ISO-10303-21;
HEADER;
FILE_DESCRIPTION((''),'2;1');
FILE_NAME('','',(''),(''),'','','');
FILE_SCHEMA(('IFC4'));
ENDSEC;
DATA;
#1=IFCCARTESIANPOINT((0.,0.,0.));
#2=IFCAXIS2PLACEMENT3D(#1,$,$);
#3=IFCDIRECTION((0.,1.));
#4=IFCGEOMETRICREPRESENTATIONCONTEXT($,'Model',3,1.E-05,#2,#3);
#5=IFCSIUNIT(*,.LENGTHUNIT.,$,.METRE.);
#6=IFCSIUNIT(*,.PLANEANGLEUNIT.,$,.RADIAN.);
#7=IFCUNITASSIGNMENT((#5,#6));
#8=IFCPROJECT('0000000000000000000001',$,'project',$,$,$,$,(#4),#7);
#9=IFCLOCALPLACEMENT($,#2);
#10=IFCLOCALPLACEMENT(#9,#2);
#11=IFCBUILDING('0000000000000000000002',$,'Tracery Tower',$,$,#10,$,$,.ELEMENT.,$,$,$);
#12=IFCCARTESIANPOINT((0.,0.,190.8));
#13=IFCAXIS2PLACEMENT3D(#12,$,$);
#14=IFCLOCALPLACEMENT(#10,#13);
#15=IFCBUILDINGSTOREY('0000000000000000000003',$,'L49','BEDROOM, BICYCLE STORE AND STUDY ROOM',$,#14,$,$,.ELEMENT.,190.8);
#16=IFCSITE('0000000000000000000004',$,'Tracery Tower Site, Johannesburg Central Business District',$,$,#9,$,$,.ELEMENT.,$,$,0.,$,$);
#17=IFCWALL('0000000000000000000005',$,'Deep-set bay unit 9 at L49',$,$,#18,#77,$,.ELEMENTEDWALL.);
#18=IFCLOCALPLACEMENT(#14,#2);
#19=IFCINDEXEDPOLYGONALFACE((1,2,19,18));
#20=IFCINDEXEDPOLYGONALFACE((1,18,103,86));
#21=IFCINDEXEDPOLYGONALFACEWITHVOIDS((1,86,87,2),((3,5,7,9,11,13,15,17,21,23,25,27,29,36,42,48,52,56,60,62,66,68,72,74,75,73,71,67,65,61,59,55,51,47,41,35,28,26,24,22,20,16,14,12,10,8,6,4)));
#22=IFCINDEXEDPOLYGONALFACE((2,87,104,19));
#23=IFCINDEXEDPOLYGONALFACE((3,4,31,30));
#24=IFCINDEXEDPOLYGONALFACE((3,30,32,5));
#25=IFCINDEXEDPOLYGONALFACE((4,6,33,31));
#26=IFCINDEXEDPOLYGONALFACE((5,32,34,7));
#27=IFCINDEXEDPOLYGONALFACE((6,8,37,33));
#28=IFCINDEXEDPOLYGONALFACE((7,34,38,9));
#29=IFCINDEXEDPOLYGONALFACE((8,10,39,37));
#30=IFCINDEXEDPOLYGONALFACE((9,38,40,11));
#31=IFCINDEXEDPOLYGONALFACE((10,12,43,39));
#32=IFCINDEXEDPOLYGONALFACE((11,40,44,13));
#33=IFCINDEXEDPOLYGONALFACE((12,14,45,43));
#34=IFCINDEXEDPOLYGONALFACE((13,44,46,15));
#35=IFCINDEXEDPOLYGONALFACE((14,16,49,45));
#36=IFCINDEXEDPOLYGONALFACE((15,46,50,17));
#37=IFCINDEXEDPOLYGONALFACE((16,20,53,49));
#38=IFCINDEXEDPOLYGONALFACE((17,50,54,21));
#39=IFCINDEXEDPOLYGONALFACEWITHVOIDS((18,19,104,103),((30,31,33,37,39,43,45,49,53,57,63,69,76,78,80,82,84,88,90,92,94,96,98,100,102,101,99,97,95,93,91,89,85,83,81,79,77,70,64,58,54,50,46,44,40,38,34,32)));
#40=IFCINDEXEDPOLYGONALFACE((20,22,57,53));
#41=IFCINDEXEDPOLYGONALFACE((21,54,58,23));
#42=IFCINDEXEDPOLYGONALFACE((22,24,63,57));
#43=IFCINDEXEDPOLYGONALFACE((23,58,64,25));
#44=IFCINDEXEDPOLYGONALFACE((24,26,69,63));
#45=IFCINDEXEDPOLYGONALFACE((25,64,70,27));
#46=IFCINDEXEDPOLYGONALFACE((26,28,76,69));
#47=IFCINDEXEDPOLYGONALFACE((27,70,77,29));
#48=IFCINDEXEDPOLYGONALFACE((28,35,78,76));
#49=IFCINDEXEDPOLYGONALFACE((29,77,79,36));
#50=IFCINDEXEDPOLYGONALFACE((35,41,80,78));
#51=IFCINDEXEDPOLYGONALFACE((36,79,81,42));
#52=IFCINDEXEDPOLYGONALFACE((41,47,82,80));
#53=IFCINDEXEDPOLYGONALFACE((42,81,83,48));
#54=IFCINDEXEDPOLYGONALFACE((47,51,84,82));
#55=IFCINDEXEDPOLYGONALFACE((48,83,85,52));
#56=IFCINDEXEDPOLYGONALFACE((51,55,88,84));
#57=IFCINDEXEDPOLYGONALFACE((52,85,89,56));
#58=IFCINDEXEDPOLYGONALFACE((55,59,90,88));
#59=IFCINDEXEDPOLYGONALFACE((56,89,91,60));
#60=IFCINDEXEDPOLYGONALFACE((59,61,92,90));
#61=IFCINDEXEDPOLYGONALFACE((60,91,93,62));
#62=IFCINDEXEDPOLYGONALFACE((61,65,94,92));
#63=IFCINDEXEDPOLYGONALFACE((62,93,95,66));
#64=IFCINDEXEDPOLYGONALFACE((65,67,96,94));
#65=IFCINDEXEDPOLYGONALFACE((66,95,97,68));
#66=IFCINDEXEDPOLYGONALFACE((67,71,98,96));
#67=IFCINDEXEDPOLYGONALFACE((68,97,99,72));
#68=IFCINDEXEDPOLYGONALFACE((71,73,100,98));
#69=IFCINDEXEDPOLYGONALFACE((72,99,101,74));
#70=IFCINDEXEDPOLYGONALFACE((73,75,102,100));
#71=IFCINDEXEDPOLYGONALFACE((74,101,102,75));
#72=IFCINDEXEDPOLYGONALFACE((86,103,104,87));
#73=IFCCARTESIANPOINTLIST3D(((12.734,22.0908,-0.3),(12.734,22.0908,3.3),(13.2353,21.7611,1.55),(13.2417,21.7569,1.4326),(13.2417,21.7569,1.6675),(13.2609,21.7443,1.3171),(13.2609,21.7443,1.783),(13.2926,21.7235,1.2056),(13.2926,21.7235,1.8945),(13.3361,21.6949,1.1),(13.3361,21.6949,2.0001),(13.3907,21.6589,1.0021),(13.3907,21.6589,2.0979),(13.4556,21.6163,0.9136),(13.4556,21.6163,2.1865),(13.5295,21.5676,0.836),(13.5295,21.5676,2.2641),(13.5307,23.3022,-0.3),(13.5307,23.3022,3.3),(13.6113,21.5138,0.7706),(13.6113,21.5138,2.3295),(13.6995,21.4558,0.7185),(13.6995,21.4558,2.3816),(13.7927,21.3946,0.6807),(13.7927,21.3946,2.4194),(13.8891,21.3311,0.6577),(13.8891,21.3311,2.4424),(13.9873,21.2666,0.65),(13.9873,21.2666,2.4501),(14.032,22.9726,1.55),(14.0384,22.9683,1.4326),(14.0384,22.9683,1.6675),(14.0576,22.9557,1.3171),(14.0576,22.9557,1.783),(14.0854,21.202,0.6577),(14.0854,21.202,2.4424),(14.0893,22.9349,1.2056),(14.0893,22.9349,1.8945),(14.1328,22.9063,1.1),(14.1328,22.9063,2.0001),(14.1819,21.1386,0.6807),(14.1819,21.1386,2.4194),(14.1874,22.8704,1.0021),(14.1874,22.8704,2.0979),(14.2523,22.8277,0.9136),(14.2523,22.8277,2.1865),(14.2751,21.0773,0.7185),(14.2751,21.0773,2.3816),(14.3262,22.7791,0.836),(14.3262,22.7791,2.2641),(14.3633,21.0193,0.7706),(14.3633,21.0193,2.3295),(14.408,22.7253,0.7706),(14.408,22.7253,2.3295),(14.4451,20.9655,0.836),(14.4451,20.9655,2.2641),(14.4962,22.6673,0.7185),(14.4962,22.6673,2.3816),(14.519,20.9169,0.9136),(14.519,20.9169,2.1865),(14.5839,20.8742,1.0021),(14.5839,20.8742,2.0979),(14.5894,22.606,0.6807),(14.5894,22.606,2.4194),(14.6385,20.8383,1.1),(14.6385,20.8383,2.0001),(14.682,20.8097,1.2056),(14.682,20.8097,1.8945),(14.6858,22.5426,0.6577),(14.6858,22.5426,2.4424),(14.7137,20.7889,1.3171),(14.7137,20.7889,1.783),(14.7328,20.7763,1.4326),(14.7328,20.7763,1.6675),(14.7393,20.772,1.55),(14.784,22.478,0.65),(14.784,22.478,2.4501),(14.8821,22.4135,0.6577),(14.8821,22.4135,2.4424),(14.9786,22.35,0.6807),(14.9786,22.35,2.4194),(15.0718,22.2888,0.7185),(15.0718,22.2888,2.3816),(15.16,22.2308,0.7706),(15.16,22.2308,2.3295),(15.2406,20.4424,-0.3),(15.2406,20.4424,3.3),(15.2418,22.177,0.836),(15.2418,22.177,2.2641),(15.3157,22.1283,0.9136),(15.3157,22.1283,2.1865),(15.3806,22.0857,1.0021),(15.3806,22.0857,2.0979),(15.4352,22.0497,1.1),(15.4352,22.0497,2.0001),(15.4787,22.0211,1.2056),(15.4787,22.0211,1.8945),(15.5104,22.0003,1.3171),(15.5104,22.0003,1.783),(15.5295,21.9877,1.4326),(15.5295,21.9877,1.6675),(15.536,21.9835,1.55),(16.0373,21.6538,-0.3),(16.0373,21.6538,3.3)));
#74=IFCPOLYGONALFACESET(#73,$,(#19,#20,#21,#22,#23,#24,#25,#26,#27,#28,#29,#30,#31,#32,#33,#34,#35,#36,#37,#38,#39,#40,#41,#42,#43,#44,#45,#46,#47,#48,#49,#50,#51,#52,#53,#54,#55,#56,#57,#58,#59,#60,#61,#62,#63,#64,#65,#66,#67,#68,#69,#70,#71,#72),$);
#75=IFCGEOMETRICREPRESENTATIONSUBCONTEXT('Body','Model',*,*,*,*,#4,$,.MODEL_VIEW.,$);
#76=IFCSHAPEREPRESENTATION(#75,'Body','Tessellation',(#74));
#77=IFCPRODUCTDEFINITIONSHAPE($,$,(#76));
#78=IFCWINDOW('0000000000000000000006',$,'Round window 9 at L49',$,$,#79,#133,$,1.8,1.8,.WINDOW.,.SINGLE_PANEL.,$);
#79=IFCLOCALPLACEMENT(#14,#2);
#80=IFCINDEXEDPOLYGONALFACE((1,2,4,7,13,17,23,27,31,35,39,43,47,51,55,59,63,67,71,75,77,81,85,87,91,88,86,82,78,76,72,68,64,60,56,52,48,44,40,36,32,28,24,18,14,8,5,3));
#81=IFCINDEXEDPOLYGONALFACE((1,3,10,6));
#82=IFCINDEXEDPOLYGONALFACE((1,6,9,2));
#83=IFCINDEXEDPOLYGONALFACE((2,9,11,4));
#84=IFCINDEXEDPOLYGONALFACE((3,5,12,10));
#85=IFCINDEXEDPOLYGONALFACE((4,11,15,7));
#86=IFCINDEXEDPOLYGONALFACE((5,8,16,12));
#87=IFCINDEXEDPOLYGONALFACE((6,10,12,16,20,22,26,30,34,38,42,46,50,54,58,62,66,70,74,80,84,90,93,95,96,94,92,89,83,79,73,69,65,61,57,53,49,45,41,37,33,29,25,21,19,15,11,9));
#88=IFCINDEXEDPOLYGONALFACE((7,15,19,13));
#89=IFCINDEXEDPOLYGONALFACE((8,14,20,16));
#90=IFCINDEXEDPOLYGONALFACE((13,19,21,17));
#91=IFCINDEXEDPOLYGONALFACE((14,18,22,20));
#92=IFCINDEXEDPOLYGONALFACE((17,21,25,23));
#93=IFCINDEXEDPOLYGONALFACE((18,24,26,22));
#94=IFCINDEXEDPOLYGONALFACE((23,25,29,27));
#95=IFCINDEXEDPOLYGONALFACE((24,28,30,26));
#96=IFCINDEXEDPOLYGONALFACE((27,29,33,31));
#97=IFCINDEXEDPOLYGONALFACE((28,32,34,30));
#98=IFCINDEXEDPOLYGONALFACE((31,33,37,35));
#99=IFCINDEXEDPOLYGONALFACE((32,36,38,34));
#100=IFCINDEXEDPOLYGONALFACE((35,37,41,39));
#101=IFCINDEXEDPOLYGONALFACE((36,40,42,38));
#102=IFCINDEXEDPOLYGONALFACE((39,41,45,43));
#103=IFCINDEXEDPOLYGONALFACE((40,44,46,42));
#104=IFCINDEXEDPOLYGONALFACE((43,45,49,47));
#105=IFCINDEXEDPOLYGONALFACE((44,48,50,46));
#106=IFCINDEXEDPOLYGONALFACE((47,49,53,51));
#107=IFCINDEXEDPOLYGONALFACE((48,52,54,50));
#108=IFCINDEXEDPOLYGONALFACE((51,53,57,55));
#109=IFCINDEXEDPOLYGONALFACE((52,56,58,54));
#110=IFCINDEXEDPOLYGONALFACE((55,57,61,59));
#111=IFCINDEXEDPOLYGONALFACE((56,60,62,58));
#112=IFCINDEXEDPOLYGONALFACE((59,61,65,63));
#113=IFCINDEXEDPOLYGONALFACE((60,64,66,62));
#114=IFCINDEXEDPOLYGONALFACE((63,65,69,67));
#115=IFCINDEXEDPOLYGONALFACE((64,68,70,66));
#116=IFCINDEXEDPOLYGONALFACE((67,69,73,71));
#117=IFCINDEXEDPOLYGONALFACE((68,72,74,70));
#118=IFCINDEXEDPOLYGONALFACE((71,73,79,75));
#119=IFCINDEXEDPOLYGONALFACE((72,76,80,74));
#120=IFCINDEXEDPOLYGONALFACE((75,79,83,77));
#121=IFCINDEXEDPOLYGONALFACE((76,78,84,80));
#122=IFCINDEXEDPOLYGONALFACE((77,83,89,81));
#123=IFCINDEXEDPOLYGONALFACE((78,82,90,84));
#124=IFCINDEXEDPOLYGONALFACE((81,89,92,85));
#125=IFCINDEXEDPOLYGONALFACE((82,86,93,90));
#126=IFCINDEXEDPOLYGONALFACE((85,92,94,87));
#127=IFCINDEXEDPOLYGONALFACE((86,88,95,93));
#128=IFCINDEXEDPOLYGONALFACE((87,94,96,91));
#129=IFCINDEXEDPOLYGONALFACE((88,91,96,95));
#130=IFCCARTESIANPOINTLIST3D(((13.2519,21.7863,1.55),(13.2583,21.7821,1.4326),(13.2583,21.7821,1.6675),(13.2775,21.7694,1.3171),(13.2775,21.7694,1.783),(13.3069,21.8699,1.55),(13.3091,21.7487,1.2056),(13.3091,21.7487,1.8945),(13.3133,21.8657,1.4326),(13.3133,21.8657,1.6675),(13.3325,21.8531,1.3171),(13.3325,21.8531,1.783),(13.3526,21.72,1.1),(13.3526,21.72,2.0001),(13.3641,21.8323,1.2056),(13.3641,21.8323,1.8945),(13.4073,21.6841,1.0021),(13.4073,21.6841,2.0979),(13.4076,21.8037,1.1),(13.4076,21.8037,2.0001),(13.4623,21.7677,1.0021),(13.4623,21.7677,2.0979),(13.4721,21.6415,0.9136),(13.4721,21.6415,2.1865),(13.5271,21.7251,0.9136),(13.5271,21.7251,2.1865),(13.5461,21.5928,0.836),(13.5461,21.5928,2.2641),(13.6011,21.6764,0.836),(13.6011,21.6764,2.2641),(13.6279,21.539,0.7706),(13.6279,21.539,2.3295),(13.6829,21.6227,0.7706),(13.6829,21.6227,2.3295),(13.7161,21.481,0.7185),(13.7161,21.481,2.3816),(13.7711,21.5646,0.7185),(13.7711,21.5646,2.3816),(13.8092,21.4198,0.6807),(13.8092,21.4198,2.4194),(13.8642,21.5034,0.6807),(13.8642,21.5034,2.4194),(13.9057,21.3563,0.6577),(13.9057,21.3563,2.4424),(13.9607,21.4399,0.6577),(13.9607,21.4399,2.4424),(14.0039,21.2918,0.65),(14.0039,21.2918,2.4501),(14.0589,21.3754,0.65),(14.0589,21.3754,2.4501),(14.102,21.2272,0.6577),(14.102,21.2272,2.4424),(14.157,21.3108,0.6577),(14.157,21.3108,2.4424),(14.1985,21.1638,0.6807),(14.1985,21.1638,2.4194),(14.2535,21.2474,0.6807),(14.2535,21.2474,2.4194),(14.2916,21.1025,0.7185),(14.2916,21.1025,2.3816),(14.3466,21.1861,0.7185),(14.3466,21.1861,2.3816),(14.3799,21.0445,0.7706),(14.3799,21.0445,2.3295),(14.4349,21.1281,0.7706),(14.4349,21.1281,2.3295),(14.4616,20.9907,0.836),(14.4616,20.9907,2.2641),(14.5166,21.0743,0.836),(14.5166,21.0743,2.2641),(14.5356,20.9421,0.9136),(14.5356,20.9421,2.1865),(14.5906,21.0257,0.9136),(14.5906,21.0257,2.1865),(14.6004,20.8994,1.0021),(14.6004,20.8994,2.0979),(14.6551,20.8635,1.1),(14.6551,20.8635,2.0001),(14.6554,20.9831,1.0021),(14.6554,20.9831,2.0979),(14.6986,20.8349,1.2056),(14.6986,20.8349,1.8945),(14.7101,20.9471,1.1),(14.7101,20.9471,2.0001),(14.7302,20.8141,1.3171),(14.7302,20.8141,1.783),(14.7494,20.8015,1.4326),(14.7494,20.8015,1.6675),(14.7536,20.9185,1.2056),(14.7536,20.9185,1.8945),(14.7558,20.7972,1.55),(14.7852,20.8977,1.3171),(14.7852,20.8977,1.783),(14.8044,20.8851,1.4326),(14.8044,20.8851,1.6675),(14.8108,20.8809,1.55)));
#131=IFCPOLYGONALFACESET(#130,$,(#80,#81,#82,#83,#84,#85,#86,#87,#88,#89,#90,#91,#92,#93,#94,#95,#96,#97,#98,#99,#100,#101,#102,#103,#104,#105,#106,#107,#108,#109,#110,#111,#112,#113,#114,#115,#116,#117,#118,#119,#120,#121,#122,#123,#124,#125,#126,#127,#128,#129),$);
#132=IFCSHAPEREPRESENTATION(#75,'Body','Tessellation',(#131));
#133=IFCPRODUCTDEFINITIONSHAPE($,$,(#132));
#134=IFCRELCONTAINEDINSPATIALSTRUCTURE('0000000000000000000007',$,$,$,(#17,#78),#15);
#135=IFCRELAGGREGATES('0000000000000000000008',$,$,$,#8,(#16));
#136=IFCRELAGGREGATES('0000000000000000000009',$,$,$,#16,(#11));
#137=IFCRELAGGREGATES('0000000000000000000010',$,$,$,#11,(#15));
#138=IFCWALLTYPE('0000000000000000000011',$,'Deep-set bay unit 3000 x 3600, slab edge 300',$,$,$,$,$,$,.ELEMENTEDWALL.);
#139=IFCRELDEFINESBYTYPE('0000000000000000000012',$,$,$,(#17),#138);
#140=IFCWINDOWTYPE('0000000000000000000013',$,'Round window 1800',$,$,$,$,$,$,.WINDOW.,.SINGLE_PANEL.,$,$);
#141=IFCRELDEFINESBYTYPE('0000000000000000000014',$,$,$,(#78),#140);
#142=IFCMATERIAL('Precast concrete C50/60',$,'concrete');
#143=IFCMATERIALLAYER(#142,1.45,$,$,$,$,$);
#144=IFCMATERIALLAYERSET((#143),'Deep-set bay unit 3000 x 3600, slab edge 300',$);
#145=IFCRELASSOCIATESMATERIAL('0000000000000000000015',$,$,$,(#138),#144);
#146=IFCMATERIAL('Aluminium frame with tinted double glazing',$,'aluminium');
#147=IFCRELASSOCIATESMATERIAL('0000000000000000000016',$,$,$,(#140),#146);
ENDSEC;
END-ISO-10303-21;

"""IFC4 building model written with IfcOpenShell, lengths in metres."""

from ifc_helpers import new_model, si_unit, direction, frame, frame_2d, origin, origin_2d, place, context, subcontext, project, spatial, rectangle, circle, extrude, material, layer, layer_set, type_object, element, fill, save


model = new_model("IFC4")

# Units and contexts
model_context = context("Model", 3, precision=1e-05, world=origin(), true_north=direction((0.0, 1.0)))
body_context = subcontext(model_context, "Body", "Model", "MODEL_VIEW")
ifc_project = project(units=[si_unit("LENGTHUNIT", "METRE"), si_unit("PLANEANGLEUNIT", "RADIAN")], contexts=[model_context])

# Site, building, storey
site_placement = place(None, origin())
site = spatial("IfcSite", under=ifc_project, at=site_placement, Name="Tracery Tower Site, Johannesburg Central Business District", CompositionType="ELEMENT", RefElevation=0.0)
building_placement = place(site_placement, origin())
building = spatial("IfcBuilding", under=site, at=building_placement, Name="Tracery Tower", CompositionType="ELEMENT")
storey_placement = place(building_placement, frame((0.0, 0.0, 190.8)))
storey = spatial("IfcBuildingStorey", under=building, at=storey_placement, Name="L49", Description="BEDROOM, BICYCLE STORE AND STUDY ROOM", CompositionType="ELEMENT", Elevation=190.8)

# Wall, opening, window
ifc_material_1 = material(Name="Precast concrete C50/60", Category="concrete")
ifc_layer_1 = layer(ifc_material_1, 1.45)
ifc_layer_set_1 = layer_set([ifc_layer_1], Name="Deep-set bay unit 3000 x 3600, slab edge 300")
wall_type_1 = type_object("IfcWallType", Name="Deep-set bay unit 3000 x 3600, slab edge 300", PredefinedType="ELEMENTEDWALL", material=ifc_layer_set_1)
ifc_material_2 = material(Name="Aluminium frame with tinted double glazing", Category="aluminium")
window_type = type_object("IfcWindowType", Name="Round window 1800", PartitioningType="SINGLE_PANEL", PredefinedType="WINDOW", material=ifc_material_2)
wall_1_placement = place(storey_placement, frame((15.6389, 21.0481, -0.3), z_axis=(0.0, 0.0, 1.0), x_axis=(-0.835514, 0.549469, 0.0)))
wall_1 = element("IfcWall", 1, at=wall_1_placement, inside=storey, type_object=wall_type_1, Name="Deep-set bay unit 9 at L49", PredefinedType="ELEMENTEDWALL", context=body_context, shape_type="SweptSolid", body=[
    extrude(rectangle(XDim=3.0, YDim=1.45, at=frame_2d((1.5, 0.0))), origin(), (0.0, 0.0, 1.0), 3.6001),
])
opening_1_placement = place(wall_1_placement, frame((1.5, 0.0, 1.8501)))
opening_1 = element("IfcOpeningElement", 2, at=opening_1_placement, cuts=wall_1, PredefinedType="OPENING", context=body_context, shape_type="SweptSolid", body=[
    extrude(circle(Radius=0.9, at=origin_2d()), frame((0.0, 0.7349, 0.0), z_axis=(0.0, -1.0, 0.0), x_axis=(1.0, 0.0, 0.0)), (0.0, 0.0, 1.0), 1.47),
])
window_1_placement = place(opening_1_placement, origin())
window_1 = element("IfcWindow", 3, at=window_1_placement, inside=storey, type_object=window_type, Name="Round window 9 at L49", OverallHeight=1.8, OverallWidth=1.8, PartitioningType="SINGLE_PANEL", PredefinedType="WINDOW", context=body_context, shape_type="SweptSolid", body=[
    extrude(circle(Radius=0.9, at=origin_2d()), frame((0.0, 0.6948, 0.0), z_axis=(0.0, -1.0, 0.0), x_axis=(1.0, 0.0, 0.0)), (0.0, 0.0, 1.0), 0.1001),
])
fill(opening_1, window_1)

save(model, "model.ifc")
